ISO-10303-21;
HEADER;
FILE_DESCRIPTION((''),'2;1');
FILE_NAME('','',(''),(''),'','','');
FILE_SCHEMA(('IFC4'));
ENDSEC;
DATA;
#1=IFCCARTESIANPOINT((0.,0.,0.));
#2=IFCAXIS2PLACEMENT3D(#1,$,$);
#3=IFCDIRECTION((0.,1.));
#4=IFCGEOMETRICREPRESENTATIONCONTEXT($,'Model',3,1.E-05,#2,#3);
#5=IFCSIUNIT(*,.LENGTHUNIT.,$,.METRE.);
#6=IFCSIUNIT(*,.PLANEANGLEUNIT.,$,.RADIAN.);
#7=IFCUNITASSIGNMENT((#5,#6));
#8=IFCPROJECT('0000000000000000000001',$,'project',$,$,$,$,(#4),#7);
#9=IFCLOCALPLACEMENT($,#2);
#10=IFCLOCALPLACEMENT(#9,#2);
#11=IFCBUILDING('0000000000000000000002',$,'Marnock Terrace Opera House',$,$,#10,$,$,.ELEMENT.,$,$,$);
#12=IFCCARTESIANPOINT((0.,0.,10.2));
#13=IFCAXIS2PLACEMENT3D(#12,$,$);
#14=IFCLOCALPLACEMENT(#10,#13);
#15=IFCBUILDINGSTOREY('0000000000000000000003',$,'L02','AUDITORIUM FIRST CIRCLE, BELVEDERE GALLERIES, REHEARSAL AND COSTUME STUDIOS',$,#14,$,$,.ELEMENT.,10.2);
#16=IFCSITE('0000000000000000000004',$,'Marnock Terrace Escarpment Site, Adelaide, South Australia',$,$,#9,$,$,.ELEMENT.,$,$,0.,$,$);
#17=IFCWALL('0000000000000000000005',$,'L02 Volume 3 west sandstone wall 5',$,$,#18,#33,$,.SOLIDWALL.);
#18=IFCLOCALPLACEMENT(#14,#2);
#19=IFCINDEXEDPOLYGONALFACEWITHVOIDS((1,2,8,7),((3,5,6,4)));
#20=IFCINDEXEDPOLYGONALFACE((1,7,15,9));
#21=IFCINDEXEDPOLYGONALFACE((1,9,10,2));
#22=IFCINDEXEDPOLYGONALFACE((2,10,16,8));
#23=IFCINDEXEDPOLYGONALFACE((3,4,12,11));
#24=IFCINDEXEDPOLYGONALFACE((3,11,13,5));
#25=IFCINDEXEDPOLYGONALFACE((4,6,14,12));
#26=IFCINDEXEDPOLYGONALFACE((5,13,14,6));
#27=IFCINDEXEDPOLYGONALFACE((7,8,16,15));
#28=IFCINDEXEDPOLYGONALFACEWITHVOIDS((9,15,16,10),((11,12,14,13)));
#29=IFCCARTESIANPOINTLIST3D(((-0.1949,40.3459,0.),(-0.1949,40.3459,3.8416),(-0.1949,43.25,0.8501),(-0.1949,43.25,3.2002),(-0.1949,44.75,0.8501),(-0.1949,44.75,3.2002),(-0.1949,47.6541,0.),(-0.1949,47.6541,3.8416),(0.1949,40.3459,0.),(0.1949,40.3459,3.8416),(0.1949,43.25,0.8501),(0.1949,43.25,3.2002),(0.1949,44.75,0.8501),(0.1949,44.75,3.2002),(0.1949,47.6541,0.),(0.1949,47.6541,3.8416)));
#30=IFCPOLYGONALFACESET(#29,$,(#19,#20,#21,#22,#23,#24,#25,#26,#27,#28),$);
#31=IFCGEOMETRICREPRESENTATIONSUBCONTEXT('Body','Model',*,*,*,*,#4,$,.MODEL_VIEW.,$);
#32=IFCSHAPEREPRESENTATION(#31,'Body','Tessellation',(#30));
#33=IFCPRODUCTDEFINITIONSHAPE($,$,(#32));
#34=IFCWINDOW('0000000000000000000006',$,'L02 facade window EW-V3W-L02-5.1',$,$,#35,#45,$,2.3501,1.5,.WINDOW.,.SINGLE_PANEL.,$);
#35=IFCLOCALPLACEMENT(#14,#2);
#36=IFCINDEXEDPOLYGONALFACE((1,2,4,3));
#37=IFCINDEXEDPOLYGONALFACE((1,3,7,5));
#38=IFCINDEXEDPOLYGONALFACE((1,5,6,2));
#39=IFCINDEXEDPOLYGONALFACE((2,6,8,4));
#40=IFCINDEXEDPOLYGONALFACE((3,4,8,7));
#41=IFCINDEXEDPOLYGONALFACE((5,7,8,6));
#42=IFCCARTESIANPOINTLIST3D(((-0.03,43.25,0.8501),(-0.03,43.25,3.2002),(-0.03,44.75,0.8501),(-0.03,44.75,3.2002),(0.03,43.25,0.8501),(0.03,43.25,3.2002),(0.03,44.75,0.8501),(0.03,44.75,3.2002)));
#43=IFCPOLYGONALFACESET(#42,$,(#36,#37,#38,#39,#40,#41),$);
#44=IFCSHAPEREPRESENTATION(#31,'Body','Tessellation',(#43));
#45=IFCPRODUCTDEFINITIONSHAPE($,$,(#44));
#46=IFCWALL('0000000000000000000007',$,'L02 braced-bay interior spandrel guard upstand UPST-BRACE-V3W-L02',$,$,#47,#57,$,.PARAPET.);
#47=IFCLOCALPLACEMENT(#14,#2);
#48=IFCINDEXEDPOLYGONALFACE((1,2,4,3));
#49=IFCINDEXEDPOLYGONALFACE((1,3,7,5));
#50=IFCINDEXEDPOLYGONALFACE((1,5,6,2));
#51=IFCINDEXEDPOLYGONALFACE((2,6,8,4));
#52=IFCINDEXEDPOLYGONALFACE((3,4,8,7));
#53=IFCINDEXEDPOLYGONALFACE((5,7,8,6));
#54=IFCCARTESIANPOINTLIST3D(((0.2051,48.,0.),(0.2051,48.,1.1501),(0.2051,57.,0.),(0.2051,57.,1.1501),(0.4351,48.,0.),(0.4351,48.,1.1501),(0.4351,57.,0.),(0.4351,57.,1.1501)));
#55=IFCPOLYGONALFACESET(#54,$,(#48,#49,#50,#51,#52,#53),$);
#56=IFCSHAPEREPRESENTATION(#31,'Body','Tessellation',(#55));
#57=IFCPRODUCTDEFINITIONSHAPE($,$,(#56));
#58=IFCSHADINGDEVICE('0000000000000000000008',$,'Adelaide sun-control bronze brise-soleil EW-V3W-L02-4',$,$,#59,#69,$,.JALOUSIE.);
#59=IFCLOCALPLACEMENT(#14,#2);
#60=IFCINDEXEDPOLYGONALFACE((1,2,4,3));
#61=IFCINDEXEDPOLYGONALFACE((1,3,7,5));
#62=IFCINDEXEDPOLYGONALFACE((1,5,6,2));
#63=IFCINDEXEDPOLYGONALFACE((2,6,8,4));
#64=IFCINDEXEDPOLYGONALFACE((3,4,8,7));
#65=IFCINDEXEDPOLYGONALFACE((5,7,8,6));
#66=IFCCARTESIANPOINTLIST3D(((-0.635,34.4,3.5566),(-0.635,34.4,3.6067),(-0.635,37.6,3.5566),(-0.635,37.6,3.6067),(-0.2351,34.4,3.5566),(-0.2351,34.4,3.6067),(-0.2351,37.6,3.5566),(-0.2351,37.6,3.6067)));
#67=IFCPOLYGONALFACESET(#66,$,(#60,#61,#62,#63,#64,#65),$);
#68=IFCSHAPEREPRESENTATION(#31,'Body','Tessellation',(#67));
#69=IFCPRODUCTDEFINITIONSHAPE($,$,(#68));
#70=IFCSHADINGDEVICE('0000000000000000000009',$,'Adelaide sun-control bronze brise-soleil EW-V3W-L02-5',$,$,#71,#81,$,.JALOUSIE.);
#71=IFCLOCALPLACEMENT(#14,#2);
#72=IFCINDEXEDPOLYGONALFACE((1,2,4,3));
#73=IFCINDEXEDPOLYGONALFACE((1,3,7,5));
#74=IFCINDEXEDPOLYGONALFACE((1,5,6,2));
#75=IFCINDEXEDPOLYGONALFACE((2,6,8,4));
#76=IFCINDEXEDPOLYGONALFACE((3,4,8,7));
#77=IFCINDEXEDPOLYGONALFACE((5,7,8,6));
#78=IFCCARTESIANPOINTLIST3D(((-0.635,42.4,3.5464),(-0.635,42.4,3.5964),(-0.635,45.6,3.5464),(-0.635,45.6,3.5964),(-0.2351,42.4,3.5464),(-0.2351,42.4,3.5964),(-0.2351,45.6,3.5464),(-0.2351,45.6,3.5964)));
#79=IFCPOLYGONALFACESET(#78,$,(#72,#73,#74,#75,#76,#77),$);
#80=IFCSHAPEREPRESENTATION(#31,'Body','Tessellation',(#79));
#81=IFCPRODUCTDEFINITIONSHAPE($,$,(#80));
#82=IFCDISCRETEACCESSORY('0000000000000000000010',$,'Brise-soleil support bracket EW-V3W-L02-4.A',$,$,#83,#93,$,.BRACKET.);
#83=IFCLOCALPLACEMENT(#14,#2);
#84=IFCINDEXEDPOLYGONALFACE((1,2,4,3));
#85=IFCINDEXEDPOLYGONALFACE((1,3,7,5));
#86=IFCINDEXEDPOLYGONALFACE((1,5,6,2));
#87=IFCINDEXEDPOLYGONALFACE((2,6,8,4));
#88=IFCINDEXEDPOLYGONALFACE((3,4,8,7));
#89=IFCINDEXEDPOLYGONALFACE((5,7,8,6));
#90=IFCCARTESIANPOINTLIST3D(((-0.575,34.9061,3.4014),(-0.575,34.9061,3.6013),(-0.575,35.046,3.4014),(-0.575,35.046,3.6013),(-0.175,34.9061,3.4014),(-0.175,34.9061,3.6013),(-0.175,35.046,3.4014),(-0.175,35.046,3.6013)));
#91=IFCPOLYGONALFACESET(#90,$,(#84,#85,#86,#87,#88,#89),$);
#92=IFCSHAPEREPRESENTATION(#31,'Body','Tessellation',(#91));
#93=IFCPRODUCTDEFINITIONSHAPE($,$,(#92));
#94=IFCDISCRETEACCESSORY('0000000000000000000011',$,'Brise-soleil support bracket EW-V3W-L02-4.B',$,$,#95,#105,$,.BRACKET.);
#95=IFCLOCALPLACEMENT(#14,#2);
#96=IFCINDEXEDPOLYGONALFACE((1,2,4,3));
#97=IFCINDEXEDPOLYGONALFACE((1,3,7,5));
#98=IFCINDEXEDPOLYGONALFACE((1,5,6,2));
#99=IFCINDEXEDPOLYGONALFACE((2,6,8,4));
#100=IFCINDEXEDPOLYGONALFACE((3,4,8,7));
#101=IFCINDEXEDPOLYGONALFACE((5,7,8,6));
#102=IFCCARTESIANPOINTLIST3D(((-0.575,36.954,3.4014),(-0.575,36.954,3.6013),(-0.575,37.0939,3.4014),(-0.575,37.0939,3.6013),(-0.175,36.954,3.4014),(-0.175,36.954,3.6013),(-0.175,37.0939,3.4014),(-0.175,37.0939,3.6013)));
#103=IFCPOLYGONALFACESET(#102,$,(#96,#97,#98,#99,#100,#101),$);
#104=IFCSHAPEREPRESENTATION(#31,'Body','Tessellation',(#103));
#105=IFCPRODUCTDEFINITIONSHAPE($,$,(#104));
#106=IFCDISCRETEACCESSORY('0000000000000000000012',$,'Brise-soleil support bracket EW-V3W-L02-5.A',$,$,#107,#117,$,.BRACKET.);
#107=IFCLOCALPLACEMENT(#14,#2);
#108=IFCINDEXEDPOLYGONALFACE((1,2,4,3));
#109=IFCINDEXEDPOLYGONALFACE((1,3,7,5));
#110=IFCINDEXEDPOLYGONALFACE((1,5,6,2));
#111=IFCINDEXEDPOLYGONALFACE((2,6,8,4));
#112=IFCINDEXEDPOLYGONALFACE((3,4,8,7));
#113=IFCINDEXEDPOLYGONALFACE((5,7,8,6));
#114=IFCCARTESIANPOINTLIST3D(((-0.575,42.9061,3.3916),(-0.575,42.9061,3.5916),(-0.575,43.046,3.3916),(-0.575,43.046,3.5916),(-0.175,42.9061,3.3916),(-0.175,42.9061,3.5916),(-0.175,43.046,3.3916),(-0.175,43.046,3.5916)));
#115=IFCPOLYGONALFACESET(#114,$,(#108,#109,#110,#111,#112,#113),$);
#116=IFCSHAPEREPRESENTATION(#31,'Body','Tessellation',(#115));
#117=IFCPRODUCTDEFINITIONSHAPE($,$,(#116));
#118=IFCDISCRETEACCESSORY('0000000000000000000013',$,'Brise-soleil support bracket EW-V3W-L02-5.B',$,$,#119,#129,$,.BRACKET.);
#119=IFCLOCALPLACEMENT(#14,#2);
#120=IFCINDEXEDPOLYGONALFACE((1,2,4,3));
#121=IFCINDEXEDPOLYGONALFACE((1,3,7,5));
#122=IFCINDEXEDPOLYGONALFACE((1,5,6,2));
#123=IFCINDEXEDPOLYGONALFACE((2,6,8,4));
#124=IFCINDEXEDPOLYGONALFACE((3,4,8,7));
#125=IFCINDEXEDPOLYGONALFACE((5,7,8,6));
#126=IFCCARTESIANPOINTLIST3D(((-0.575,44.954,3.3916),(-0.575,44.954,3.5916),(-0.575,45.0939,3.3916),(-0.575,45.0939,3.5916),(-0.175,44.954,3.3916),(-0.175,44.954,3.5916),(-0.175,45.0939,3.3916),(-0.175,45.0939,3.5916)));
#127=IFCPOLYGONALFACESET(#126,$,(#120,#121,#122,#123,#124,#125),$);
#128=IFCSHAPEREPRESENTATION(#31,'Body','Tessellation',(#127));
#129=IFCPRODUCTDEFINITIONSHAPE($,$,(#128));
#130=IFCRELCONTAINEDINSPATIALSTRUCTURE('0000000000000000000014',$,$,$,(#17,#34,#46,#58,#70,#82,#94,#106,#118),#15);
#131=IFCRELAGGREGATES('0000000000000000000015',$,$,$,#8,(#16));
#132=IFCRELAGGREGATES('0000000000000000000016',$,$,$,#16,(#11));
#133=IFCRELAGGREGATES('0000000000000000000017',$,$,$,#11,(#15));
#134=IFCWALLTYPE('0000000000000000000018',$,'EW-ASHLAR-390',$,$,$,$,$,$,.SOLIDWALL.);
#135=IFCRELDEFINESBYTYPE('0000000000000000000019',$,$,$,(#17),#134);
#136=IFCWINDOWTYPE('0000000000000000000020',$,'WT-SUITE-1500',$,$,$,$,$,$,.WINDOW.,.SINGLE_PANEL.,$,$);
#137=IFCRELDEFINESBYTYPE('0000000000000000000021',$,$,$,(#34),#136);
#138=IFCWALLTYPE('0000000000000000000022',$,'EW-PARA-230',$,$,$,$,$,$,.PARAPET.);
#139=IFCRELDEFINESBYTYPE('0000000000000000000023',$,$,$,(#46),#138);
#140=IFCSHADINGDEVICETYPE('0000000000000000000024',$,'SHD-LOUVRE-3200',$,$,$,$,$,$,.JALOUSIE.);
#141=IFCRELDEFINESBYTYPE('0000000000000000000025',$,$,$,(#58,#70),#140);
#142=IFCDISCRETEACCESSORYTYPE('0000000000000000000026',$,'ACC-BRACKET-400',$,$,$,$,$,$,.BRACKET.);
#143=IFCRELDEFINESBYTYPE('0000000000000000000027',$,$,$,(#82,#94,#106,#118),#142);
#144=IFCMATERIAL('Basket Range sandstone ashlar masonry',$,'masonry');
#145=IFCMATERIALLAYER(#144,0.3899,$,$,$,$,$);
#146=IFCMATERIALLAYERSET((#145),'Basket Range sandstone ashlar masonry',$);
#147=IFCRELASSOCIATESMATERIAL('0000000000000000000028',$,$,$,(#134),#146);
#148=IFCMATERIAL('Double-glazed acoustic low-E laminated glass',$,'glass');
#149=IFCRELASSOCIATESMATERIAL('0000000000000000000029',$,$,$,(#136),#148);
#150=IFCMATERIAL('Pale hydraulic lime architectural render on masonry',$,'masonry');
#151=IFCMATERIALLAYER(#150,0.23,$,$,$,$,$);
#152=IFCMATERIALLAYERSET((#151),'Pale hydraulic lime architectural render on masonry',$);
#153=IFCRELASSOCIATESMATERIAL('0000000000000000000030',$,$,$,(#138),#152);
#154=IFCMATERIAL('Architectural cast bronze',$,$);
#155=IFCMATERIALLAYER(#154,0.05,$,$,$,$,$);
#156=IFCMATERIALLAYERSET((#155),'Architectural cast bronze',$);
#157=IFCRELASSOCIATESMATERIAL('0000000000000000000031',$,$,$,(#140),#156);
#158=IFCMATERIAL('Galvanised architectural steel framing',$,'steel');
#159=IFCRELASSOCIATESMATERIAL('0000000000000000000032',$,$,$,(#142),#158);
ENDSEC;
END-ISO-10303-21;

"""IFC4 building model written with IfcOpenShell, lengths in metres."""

from ifc_helpers import new_model, si_unit, direction, frame, frame_2d, origin, origin_2d, place, context, subcontext, project, spatial, rectangle, extrude, material, layer, layer_set, type_object, element, fill, save


model = new_model("IFC4")

# Units and contexts
model_context = context("Model", 3, precision=1e-05, world=origin(), true_north=direction((0.0, 1.0)))
body_context = subcontext(model_context, "Body", "Model", "MODEL_VIEW")
ifc_project = project(units=[si_unit("LENGTHUNIT", "METRE"), si_unit("PLANEANGLEUNIT", "RADIAN")], contexts=[model_context])

# Site, building, storey
site_placement = place(None, origin())
site = spatial("IfcSite", under=ifc_project, at=site_placement, Name="Marnock Terrace Escarpment Site, Adelaide, South Australia", CompositionType="ELEMENT", RefElevation=0.0)
building_placement = place(site_placement, origin())
building = spatial("IfcBuilding", under=site, at=building_placement, Name="Marnock Terrace Opera House", CompositionType="ELEMENT")
storey_placement = place(building_placement, frame((0.0, 0.0, 10.2)))
storey = spatial("IfcBuildingStorey", under=building, at=storey_placement, Name="L02", Description="AUDITORIUM FIRST CIRCLE, BELVEDERE GALLERIES, REHEARSAL AND COSTUME STUDIOS", CompositionType="ELEMENT", Elevation=10.2)

# Wall, opening, window
ifc_material_1 = material(Name="Basket Range sandstone ashlar masonry", Category="masonry")
ifc_layer_1 = layer(ifc_material_1, 0.3899)
ifc_layer_set_1 = layer_set([ifc_layer_1], Name="Basket Range sandstone ashlar masonry")
wall_type_1 = type_object("IfcWallType", Name="EW-ASHLAR-390", PredefinedType="SOLIDWALL", material=ifc_layer_set_1)
ifc_material_2 = material(Name="Double-glazed acoustic low-E laminated glass", Category="glass")
window_type = type_object("IfcWindowType", Name="WT-SUITE-1500", PartitioningType="SINGLE_PANEL", PredefinedType="WINDOW", material=ifc_material_2)
wall_1_placement = place(storey_placement, frame((0.0, 40.3459, 0.0), z_axis=(0.0, 0.0, 1.0), x_axis=(0.0, 1.0, 0.0)))
wall_1 = element("IfcWall", 1, at=wall_1_placement, inside=storey, type_object=wall_type_1, Name="L02 Volume 3 west sandstone wall 5", PredefinedType="SOLIDWALL", context=body_context, shape_type="SweptSolid", body=[
    extrude(rectangle(XDim=7.3081, YDim=0.3899, at=frame_2d((3.6541, 0.0))), origin(), (0.0, 0.0, 1.0), 3.8416),
])
opening_1_placement = place(wall_1_placement, frame((2.9041, 0.0, 0.8501)))
opening_1 = element("IfcOpeningElement", 2, at=opening_1_placement, cuts=wall_1, PredefinedType="OPENING", context=body_context, shape_type="SweptSolid", body=[
    extrude(rectangle(XDim=1.5, YDim=2.3501, at=frame_2d((0.75, 1.175))), frame((0.0, 0.2048, 0.0), z_axis=(0.0, -1.0, 0.0), x_axis=(1.0, 0.0, 0.0)), (0.0, 0.0, 1.0), 0.4099),
])
window_1_placement = place(opening_1_placement, origin())
window_1 = element("IfcWindow", 3, at=window_1_placement, inside=storey, type_object=window_type, Name="L02 facade window EW-V3W-L02-5.1", OverallHeight=2.3501, OverallWidth=1.5, PartitioningType="SINGLE_PANEL", PredefinedType="WINDOW", context=body_context, shape_type="SweptSolid", body=[
    extrude(rectangle(XDim=1.5, YDim=2.3501, at=frame_2d((0.75, 1.175))), frame((0.0, 0.03, 0.0), z_axis=(0.0, -1.0, 0.0), x_axis=(1.0, 0.0, 0.0)), (0.0, 0.0, 1.0), 0.0601),
])
fill(opening_1, window_1)

# Wall
ifc_material_3 = material(Name="Pale hydraulic lime architectural render on masonry", Category="masonry")
ifc_layer_2 = layer(ifc_material_3, 0.23)
ifc_layer_set_2 = layer_set([ifc_layer_2], Name="Pale hydraulic lime architectural render on masonry")
wall_type_2 = type_object("IfcWallType", Name="EW-PARA-230", PredefinedType="PARAPET", material=ifc_layer_set_2)
wall_2_placement = place(storey_placement, frame((0.3201, 48.0, 0.0), z_axis=(0.0, 0.0, 1.0), x_axis=(0.0, 1.0, 0.0)))
element("IfcWall", 4, at=wall_2_placement, inside=storey, type_object=wall_type_2, Name="L02 braced-bay interior spandrel guard upstand UPST-BRACE-V3W-L02", PredefinedType="PARAPET", context=body_context, shape_type="SweptSolid", body=[
    extrude(rectangle(XDim=9.0, YDim=0.23, at=frame_2d((4.5, 0.0))), origin(), (0.0, 0.0, 1.0), 1.1501),
])

# Shading devices
ifc_material_4 = material(Name="Architectural cast bronze")
ifc_layer_3 = layer(ifc_material_4, 0.05)
ifc_layer_set_3 = layer_set([ifc_layer_3], Name="Architectural cast bronze")
shading_device_type = type_object("IfcShadingDeviceType", Name="SHD-LOUVRE-3200", PredefinedType="JALOUSIE", material=ifc_layer_set_3)
for number, where, z_axis, x_axis, name in (
    (5, (-0.4351, 36.0, 3.5566), (0.0, 0.0, 1.0), (0.0, 1.0, 0.0), "Adelaide sun-control bronze brise-soleil EW-V3W-L02-4"),
    (6, (-0.4351, 44.0, 3.5464), (0.0, 0.0, 1.0), (0.0, 1.0, 0.0), "Adelaide sun-control bronze brise-soleil EW-V3W-L02-5"),
):
    element("IfcShadingDevice", number, at=place(storey_placement, frame(where, z_axis=z_axis, x_axis=x_axis)), inside=storey, type_object=shading_device_type, Name=name, PredefinedType="JALOUSIE", context=body_context, shape_type="SweptSolid", body=[
        extrude(rectangle(XDim=3.2, YDim=0.3999, at=origin_2d()), origin(), (0.0, 0.0, 1.0), 0.05),
    ])

# Discrete accessories
ifc_material_5 = material(Name="Galvanised architectural steel framing", Category="steel")
discrete_accessory_type = type_object("IfcDiscreteAccessoryType", Name="ACC-BRACKET-400", PredefinedType="BRACKET", material=ifc_material_5)
for number, where, z_axis, x_axis, name in (
    (7, (-0.375, 34.9761, 3.4014), (0.0, 0.0, 1.0), (0.0, 1.0, 0.0), "Brise-soleil support bracket EW-V3W-L02-4.A"),
    (8, (-0.375, 37.0239, 3.4014), (0.0, 0.0, 1.0), (0.0, 1.0, 0.0), "Brise-soleil support bracket EW-V3W-L02-4.B"),
    (9, (-0.375, 42.9761, 3.3916), (0.0, 0.0, 1.0), (0.0, 1.0, 0.0), "Brise-soleil support bracket EW-V3W-L02-5.A"),
    (10, (-0.375, 45.0239, 3.3916), (0.0, 0.0, 1.0), (0.0, 1.0, 0.0), "Brise-soleil support bracket EW-V3W-L02-5.B"),
):
    element("IfcDiscreteAccessory", number, at=place(storey_placement, frame(where, z_axis=z_axis, x_axis=x_axis)), inside=storey, type_object=discrete_accessory_type, Name=name, PredefinedType="BRACKET", context=body_context, shape_type="SweptSolid", body=[
        extrude(rectangle(XDim=0.1399, YDim=0.3999, at=origin_2d()), origin(), (0.0, 0.0, 1.0), 0.2),
    ])

save(model, "model.ifc")
